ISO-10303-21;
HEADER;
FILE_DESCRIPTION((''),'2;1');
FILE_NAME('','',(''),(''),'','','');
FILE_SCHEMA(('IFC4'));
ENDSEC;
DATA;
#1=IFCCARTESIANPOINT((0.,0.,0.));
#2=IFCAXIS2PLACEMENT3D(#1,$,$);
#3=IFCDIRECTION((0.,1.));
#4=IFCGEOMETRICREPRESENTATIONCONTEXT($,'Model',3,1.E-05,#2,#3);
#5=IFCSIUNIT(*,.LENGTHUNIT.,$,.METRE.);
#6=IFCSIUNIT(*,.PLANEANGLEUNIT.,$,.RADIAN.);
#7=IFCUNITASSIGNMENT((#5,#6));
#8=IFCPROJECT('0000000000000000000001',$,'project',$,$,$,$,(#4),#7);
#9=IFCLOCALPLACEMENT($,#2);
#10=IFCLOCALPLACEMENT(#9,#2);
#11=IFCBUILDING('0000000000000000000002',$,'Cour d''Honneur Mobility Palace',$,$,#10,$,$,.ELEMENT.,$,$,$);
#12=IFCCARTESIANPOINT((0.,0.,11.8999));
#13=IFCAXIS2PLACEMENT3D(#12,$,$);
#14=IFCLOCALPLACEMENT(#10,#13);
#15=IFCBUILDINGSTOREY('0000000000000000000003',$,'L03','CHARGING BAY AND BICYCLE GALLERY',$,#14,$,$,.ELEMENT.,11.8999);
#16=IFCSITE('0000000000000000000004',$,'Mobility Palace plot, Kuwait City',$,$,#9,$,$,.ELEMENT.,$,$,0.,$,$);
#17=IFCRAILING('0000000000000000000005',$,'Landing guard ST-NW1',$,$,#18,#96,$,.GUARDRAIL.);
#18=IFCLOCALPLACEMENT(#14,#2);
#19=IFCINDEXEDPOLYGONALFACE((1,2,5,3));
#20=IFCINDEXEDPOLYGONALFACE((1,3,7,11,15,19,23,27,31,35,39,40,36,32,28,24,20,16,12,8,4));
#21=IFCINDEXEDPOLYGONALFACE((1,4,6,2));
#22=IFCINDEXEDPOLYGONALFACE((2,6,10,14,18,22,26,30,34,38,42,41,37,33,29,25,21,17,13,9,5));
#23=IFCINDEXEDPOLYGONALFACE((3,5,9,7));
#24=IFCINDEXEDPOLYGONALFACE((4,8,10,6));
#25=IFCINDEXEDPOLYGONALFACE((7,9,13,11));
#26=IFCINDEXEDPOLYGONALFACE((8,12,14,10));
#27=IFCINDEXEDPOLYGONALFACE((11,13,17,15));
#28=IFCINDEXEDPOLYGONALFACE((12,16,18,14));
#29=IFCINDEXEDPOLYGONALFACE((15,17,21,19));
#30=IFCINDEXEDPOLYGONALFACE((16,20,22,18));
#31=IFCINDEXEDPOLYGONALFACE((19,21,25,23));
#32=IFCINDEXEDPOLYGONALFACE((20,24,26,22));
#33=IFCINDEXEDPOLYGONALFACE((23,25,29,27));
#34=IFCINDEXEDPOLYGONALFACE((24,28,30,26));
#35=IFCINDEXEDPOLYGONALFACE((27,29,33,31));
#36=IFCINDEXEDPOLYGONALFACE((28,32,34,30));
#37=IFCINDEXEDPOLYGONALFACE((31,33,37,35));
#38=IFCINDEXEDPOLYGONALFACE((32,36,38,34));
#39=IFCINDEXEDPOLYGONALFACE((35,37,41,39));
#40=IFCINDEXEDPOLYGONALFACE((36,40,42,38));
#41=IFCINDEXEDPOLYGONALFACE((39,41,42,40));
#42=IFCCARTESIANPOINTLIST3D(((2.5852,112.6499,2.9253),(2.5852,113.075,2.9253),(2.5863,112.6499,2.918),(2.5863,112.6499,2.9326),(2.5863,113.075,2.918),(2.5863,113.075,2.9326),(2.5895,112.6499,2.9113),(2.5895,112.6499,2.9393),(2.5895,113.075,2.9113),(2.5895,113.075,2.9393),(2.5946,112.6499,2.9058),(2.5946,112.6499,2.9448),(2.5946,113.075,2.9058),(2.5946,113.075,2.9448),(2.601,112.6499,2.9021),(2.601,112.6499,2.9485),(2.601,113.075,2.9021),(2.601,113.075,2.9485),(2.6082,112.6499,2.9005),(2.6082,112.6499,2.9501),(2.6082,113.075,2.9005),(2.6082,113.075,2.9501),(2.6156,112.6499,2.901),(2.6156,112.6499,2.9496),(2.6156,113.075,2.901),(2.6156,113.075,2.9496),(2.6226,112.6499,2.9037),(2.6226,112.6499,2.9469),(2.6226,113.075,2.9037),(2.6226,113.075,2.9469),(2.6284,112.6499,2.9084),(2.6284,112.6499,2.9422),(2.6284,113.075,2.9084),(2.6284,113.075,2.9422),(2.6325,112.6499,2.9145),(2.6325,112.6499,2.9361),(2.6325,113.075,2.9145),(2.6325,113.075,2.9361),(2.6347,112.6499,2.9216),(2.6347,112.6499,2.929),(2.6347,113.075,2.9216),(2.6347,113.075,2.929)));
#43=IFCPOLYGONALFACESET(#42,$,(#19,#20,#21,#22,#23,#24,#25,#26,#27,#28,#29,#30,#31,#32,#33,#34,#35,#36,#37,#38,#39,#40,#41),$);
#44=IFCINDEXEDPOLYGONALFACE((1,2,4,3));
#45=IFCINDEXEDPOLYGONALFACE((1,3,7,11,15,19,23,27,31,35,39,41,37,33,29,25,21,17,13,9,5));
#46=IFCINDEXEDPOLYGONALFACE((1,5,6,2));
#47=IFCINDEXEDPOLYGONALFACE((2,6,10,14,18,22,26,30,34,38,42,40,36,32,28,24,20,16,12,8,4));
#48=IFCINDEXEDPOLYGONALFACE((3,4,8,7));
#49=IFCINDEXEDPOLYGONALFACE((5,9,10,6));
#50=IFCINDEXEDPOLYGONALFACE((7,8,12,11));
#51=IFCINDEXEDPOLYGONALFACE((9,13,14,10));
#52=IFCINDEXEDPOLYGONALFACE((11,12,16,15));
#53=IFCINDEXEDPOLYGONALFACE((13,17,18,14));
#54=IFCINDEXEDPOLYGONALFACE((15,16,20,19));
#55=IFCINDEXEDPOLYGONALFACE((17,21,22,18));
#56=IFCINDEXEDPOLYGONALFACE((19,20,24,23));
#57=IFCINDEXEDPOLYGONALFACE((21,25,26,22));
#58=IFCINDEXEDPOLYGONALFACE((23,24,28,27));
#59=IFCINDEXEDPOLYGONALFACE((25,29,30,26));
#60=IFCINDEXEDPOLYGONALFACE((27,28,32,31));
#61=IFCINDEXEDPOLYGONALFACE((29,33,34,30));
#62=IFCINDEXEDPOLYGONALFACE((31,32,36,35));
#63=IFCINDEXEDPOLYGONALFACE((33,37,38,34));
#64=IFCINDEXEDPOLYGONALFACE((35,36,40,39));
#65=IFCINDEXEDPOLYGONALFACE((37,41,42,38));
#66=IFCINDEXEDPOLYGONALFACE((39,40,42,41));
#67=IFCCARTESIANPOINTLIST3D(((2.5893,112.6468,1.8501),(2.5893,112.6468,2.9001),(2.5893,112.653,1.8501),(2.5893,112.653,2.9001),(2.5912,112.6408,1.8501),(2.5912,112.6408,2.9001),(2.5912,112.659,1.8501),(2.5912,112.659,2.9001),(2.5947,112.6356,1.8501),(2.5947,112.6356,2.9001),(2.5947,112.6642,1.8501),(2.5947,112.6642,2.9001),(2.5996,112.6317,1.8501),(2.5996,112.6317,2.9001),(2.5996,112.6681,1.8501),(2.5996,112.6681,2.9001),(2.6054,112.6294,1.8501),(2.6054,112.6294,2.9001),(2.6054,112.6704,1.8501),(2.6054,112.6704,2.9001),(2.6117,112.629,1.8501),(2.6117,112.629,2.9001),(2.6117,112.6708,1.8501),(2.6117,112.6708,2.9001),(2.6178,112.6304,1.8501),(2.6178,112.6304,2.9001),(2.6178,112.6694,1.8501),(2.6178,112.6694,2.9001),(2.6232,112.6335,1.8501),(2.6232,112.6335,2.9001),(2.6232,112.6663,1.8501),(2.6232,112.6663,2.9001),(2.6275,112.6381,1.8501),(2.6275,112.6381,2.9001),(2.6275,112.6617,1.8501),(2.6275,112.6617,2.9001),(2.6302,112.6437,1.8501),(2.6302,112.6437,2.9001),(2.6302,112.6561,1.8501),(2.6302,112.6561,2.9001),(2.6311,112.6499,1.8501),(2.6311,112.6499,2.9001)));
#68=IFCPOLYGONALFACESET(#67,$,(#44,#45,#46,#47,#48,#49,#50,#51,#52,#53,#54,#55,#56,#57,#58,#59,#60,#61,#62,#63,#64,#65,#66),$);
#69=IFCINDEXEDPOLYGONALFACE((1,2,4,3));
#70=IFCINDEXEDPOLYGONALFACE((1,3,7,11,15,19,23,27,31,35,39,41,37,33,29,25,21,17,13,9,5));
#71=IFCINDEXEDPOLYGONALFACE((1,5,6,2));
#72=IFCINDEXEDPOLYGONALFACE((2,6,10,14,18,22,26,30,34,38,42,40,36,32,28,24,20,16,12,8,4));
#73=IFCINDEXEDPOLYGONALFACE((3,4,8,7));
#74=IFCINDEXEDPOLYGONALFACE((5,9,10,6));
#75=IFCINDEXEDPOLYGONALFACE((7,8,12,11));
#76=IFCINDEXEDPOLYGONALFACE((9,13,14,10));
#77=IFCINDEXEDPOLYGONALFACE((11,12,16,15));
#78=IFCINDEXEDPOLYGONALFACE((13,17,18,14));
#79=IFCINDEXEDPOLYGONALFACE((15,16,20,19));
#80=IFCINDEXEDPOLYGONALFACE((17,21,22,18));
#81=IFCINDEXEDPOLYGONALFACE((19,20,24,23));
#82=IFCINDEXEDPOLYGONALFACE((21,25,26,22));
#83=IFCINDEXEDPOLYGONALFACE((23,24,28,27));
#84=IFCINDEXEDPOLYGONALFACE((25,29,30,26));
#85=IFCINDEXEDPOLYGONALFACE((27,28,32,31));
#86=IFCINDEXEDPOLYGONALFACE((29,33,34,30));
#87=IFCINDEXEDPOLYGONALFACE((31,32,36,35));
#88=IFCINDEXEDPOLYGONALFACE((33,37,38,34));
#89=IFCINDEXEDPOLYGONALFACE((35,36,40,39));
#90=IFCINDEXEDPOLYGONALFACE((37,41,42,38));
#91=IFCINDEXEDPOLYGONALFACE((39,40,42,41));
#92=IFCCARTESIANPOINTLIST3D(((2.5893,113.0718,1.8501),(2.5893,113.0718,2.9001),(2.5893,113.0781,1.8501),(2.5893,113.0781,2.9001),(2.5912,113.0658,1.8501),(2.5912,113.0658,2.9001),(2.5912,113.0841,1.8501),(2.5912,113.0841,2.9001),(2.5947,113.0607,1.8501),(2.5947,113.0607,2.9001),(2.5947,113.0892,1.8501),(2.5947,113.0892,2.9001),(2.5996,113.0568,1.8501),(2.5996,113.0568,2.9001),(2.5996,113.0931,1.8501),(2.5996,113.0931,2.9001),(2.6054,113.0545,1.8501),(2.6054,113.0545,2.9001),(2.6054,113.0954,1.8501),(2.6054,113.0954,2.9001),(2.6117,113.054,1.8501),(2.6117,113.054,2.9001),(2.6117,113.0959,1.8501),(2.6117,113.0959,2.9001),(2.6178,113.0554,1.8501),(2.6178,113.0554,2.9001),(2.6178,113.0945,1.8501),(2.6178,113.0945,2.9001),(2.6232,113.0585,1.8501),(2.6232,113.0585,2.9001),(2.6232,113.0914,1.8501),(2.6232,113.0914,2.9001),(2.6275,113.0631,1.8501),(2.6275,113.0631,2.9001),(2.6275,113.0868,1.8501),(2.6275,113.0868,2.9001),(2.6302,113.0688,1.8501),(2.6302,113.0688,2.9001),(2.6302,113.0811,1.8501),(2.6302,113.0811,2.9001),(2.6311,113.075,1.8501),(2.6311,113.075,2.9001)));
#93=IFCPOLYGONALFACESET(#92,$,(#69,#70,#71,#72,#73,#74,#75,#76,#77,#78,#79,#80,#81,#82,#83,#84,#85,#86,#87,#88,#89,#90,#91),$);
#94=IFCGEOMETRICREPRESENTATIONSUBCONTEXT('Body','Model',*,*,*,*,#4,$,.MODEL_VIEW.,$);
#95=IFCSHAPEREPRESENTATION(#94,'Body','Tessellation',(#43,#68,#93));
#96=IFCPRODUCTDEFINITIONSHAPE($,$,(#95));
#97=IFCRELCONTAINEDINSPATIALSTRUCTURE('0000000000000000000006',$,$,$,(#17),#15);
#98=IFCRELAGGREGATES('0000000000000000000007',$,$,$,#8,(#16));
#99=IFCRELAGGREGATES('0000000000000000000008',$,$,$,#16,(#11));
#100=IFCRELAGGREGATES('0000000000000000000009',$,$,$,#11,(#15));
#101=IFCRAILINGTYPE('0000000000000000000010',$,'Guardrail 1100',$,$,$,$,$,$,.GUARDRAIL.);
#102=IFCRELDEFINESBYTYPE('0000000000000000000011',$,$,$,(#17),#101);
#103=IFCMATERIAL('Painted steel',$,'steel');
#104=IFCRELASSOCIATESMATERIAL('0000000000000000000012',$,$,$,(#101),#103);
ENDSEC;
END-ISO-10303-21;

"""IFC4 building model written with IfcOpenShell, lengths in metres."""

from ifc_helpers import new_model, si_unit, direction, frame, origin, origin_2d, place, context, subcontext, project, spatial, circle, extrude, material, type_object, element, save


model = new_model("IFC4")

# Units and contexts
model_context = context("Model", 3, precision=1e-05, world=origin(), true_north=direction((0.0, 1.0)))
body_context = subcontext(model_context, "Body", "Model", "MODEL_VIEW")
ifc_project = project(units=[si_unit("LENGTHUNIT", "METRE"), si_unit("PLANEANGLEUNIT", "RADIAN")], contexts=[model_context])

# Site, building, storey
site_placement = place(None, origin())
site = spatial("IfcSite", under=ifc_project, at=site_placement, Name="Mobility Palace plot, Kuwait City", CompositionType="ELEMENT", RefElevation=0.0)
building_placement = place(site_placement, origin())
building = spatial("IfcBuilding", under=site, at=building_placement, Name="Cour d'Honneur Mobility Palace", CompositionType="ELEMENT")
storey_placement = place(building_placement, frame((0.0, 0.0, 11.8999)))
storey = spatial("IfcBuildingStorey", under=building, at=storey_placement, Name="L03", Description="CHARGING BAY AND BICYCLE GALLERY", CompositionType="ELEMENT", Elevation=11.8999)

# Railing
ifc_material_1 = material(Name="Painted steel", Category="steel")
railing_type_1 = type_object("IfcRailingType", Name="Guardrail 1100", PredefinedType="GUARDRAIL", material=ifc_material_1)
railing_1_placement = place(storey_placement, frame((2.6101, 112.6499, 1.8501)))
element("IfcRailing", 1, at=railing_1_placement, inside=storey, type_object=railing_type_1, Name="Landing guard ST-NW1", PredefinedType="GUARDRAIL", context=body_context, shape_type="SweptSolid", body=[
    extrude(circle(Radius=0.0249, at=origin_2d()), frame((0.0, 0.0, 1.0752), z_axis=(0.0, 1.0, 0.0), x_axis=(-1.0, 0.0, 0.0)), (0.0, 0.0, 1.0), 0.425),
    extrude(circle(Radius=0.021, at=origin_2d()), origin(), (0.0, 0.0, 1.0), 1.05),
    extrude(circle(Radius=0.021, at=origin_2d()), frame((0.0, 0.425, 0.0)), (0.0, 0.0, 1.0), 1.05),
])

save(model, "model.ifc")
